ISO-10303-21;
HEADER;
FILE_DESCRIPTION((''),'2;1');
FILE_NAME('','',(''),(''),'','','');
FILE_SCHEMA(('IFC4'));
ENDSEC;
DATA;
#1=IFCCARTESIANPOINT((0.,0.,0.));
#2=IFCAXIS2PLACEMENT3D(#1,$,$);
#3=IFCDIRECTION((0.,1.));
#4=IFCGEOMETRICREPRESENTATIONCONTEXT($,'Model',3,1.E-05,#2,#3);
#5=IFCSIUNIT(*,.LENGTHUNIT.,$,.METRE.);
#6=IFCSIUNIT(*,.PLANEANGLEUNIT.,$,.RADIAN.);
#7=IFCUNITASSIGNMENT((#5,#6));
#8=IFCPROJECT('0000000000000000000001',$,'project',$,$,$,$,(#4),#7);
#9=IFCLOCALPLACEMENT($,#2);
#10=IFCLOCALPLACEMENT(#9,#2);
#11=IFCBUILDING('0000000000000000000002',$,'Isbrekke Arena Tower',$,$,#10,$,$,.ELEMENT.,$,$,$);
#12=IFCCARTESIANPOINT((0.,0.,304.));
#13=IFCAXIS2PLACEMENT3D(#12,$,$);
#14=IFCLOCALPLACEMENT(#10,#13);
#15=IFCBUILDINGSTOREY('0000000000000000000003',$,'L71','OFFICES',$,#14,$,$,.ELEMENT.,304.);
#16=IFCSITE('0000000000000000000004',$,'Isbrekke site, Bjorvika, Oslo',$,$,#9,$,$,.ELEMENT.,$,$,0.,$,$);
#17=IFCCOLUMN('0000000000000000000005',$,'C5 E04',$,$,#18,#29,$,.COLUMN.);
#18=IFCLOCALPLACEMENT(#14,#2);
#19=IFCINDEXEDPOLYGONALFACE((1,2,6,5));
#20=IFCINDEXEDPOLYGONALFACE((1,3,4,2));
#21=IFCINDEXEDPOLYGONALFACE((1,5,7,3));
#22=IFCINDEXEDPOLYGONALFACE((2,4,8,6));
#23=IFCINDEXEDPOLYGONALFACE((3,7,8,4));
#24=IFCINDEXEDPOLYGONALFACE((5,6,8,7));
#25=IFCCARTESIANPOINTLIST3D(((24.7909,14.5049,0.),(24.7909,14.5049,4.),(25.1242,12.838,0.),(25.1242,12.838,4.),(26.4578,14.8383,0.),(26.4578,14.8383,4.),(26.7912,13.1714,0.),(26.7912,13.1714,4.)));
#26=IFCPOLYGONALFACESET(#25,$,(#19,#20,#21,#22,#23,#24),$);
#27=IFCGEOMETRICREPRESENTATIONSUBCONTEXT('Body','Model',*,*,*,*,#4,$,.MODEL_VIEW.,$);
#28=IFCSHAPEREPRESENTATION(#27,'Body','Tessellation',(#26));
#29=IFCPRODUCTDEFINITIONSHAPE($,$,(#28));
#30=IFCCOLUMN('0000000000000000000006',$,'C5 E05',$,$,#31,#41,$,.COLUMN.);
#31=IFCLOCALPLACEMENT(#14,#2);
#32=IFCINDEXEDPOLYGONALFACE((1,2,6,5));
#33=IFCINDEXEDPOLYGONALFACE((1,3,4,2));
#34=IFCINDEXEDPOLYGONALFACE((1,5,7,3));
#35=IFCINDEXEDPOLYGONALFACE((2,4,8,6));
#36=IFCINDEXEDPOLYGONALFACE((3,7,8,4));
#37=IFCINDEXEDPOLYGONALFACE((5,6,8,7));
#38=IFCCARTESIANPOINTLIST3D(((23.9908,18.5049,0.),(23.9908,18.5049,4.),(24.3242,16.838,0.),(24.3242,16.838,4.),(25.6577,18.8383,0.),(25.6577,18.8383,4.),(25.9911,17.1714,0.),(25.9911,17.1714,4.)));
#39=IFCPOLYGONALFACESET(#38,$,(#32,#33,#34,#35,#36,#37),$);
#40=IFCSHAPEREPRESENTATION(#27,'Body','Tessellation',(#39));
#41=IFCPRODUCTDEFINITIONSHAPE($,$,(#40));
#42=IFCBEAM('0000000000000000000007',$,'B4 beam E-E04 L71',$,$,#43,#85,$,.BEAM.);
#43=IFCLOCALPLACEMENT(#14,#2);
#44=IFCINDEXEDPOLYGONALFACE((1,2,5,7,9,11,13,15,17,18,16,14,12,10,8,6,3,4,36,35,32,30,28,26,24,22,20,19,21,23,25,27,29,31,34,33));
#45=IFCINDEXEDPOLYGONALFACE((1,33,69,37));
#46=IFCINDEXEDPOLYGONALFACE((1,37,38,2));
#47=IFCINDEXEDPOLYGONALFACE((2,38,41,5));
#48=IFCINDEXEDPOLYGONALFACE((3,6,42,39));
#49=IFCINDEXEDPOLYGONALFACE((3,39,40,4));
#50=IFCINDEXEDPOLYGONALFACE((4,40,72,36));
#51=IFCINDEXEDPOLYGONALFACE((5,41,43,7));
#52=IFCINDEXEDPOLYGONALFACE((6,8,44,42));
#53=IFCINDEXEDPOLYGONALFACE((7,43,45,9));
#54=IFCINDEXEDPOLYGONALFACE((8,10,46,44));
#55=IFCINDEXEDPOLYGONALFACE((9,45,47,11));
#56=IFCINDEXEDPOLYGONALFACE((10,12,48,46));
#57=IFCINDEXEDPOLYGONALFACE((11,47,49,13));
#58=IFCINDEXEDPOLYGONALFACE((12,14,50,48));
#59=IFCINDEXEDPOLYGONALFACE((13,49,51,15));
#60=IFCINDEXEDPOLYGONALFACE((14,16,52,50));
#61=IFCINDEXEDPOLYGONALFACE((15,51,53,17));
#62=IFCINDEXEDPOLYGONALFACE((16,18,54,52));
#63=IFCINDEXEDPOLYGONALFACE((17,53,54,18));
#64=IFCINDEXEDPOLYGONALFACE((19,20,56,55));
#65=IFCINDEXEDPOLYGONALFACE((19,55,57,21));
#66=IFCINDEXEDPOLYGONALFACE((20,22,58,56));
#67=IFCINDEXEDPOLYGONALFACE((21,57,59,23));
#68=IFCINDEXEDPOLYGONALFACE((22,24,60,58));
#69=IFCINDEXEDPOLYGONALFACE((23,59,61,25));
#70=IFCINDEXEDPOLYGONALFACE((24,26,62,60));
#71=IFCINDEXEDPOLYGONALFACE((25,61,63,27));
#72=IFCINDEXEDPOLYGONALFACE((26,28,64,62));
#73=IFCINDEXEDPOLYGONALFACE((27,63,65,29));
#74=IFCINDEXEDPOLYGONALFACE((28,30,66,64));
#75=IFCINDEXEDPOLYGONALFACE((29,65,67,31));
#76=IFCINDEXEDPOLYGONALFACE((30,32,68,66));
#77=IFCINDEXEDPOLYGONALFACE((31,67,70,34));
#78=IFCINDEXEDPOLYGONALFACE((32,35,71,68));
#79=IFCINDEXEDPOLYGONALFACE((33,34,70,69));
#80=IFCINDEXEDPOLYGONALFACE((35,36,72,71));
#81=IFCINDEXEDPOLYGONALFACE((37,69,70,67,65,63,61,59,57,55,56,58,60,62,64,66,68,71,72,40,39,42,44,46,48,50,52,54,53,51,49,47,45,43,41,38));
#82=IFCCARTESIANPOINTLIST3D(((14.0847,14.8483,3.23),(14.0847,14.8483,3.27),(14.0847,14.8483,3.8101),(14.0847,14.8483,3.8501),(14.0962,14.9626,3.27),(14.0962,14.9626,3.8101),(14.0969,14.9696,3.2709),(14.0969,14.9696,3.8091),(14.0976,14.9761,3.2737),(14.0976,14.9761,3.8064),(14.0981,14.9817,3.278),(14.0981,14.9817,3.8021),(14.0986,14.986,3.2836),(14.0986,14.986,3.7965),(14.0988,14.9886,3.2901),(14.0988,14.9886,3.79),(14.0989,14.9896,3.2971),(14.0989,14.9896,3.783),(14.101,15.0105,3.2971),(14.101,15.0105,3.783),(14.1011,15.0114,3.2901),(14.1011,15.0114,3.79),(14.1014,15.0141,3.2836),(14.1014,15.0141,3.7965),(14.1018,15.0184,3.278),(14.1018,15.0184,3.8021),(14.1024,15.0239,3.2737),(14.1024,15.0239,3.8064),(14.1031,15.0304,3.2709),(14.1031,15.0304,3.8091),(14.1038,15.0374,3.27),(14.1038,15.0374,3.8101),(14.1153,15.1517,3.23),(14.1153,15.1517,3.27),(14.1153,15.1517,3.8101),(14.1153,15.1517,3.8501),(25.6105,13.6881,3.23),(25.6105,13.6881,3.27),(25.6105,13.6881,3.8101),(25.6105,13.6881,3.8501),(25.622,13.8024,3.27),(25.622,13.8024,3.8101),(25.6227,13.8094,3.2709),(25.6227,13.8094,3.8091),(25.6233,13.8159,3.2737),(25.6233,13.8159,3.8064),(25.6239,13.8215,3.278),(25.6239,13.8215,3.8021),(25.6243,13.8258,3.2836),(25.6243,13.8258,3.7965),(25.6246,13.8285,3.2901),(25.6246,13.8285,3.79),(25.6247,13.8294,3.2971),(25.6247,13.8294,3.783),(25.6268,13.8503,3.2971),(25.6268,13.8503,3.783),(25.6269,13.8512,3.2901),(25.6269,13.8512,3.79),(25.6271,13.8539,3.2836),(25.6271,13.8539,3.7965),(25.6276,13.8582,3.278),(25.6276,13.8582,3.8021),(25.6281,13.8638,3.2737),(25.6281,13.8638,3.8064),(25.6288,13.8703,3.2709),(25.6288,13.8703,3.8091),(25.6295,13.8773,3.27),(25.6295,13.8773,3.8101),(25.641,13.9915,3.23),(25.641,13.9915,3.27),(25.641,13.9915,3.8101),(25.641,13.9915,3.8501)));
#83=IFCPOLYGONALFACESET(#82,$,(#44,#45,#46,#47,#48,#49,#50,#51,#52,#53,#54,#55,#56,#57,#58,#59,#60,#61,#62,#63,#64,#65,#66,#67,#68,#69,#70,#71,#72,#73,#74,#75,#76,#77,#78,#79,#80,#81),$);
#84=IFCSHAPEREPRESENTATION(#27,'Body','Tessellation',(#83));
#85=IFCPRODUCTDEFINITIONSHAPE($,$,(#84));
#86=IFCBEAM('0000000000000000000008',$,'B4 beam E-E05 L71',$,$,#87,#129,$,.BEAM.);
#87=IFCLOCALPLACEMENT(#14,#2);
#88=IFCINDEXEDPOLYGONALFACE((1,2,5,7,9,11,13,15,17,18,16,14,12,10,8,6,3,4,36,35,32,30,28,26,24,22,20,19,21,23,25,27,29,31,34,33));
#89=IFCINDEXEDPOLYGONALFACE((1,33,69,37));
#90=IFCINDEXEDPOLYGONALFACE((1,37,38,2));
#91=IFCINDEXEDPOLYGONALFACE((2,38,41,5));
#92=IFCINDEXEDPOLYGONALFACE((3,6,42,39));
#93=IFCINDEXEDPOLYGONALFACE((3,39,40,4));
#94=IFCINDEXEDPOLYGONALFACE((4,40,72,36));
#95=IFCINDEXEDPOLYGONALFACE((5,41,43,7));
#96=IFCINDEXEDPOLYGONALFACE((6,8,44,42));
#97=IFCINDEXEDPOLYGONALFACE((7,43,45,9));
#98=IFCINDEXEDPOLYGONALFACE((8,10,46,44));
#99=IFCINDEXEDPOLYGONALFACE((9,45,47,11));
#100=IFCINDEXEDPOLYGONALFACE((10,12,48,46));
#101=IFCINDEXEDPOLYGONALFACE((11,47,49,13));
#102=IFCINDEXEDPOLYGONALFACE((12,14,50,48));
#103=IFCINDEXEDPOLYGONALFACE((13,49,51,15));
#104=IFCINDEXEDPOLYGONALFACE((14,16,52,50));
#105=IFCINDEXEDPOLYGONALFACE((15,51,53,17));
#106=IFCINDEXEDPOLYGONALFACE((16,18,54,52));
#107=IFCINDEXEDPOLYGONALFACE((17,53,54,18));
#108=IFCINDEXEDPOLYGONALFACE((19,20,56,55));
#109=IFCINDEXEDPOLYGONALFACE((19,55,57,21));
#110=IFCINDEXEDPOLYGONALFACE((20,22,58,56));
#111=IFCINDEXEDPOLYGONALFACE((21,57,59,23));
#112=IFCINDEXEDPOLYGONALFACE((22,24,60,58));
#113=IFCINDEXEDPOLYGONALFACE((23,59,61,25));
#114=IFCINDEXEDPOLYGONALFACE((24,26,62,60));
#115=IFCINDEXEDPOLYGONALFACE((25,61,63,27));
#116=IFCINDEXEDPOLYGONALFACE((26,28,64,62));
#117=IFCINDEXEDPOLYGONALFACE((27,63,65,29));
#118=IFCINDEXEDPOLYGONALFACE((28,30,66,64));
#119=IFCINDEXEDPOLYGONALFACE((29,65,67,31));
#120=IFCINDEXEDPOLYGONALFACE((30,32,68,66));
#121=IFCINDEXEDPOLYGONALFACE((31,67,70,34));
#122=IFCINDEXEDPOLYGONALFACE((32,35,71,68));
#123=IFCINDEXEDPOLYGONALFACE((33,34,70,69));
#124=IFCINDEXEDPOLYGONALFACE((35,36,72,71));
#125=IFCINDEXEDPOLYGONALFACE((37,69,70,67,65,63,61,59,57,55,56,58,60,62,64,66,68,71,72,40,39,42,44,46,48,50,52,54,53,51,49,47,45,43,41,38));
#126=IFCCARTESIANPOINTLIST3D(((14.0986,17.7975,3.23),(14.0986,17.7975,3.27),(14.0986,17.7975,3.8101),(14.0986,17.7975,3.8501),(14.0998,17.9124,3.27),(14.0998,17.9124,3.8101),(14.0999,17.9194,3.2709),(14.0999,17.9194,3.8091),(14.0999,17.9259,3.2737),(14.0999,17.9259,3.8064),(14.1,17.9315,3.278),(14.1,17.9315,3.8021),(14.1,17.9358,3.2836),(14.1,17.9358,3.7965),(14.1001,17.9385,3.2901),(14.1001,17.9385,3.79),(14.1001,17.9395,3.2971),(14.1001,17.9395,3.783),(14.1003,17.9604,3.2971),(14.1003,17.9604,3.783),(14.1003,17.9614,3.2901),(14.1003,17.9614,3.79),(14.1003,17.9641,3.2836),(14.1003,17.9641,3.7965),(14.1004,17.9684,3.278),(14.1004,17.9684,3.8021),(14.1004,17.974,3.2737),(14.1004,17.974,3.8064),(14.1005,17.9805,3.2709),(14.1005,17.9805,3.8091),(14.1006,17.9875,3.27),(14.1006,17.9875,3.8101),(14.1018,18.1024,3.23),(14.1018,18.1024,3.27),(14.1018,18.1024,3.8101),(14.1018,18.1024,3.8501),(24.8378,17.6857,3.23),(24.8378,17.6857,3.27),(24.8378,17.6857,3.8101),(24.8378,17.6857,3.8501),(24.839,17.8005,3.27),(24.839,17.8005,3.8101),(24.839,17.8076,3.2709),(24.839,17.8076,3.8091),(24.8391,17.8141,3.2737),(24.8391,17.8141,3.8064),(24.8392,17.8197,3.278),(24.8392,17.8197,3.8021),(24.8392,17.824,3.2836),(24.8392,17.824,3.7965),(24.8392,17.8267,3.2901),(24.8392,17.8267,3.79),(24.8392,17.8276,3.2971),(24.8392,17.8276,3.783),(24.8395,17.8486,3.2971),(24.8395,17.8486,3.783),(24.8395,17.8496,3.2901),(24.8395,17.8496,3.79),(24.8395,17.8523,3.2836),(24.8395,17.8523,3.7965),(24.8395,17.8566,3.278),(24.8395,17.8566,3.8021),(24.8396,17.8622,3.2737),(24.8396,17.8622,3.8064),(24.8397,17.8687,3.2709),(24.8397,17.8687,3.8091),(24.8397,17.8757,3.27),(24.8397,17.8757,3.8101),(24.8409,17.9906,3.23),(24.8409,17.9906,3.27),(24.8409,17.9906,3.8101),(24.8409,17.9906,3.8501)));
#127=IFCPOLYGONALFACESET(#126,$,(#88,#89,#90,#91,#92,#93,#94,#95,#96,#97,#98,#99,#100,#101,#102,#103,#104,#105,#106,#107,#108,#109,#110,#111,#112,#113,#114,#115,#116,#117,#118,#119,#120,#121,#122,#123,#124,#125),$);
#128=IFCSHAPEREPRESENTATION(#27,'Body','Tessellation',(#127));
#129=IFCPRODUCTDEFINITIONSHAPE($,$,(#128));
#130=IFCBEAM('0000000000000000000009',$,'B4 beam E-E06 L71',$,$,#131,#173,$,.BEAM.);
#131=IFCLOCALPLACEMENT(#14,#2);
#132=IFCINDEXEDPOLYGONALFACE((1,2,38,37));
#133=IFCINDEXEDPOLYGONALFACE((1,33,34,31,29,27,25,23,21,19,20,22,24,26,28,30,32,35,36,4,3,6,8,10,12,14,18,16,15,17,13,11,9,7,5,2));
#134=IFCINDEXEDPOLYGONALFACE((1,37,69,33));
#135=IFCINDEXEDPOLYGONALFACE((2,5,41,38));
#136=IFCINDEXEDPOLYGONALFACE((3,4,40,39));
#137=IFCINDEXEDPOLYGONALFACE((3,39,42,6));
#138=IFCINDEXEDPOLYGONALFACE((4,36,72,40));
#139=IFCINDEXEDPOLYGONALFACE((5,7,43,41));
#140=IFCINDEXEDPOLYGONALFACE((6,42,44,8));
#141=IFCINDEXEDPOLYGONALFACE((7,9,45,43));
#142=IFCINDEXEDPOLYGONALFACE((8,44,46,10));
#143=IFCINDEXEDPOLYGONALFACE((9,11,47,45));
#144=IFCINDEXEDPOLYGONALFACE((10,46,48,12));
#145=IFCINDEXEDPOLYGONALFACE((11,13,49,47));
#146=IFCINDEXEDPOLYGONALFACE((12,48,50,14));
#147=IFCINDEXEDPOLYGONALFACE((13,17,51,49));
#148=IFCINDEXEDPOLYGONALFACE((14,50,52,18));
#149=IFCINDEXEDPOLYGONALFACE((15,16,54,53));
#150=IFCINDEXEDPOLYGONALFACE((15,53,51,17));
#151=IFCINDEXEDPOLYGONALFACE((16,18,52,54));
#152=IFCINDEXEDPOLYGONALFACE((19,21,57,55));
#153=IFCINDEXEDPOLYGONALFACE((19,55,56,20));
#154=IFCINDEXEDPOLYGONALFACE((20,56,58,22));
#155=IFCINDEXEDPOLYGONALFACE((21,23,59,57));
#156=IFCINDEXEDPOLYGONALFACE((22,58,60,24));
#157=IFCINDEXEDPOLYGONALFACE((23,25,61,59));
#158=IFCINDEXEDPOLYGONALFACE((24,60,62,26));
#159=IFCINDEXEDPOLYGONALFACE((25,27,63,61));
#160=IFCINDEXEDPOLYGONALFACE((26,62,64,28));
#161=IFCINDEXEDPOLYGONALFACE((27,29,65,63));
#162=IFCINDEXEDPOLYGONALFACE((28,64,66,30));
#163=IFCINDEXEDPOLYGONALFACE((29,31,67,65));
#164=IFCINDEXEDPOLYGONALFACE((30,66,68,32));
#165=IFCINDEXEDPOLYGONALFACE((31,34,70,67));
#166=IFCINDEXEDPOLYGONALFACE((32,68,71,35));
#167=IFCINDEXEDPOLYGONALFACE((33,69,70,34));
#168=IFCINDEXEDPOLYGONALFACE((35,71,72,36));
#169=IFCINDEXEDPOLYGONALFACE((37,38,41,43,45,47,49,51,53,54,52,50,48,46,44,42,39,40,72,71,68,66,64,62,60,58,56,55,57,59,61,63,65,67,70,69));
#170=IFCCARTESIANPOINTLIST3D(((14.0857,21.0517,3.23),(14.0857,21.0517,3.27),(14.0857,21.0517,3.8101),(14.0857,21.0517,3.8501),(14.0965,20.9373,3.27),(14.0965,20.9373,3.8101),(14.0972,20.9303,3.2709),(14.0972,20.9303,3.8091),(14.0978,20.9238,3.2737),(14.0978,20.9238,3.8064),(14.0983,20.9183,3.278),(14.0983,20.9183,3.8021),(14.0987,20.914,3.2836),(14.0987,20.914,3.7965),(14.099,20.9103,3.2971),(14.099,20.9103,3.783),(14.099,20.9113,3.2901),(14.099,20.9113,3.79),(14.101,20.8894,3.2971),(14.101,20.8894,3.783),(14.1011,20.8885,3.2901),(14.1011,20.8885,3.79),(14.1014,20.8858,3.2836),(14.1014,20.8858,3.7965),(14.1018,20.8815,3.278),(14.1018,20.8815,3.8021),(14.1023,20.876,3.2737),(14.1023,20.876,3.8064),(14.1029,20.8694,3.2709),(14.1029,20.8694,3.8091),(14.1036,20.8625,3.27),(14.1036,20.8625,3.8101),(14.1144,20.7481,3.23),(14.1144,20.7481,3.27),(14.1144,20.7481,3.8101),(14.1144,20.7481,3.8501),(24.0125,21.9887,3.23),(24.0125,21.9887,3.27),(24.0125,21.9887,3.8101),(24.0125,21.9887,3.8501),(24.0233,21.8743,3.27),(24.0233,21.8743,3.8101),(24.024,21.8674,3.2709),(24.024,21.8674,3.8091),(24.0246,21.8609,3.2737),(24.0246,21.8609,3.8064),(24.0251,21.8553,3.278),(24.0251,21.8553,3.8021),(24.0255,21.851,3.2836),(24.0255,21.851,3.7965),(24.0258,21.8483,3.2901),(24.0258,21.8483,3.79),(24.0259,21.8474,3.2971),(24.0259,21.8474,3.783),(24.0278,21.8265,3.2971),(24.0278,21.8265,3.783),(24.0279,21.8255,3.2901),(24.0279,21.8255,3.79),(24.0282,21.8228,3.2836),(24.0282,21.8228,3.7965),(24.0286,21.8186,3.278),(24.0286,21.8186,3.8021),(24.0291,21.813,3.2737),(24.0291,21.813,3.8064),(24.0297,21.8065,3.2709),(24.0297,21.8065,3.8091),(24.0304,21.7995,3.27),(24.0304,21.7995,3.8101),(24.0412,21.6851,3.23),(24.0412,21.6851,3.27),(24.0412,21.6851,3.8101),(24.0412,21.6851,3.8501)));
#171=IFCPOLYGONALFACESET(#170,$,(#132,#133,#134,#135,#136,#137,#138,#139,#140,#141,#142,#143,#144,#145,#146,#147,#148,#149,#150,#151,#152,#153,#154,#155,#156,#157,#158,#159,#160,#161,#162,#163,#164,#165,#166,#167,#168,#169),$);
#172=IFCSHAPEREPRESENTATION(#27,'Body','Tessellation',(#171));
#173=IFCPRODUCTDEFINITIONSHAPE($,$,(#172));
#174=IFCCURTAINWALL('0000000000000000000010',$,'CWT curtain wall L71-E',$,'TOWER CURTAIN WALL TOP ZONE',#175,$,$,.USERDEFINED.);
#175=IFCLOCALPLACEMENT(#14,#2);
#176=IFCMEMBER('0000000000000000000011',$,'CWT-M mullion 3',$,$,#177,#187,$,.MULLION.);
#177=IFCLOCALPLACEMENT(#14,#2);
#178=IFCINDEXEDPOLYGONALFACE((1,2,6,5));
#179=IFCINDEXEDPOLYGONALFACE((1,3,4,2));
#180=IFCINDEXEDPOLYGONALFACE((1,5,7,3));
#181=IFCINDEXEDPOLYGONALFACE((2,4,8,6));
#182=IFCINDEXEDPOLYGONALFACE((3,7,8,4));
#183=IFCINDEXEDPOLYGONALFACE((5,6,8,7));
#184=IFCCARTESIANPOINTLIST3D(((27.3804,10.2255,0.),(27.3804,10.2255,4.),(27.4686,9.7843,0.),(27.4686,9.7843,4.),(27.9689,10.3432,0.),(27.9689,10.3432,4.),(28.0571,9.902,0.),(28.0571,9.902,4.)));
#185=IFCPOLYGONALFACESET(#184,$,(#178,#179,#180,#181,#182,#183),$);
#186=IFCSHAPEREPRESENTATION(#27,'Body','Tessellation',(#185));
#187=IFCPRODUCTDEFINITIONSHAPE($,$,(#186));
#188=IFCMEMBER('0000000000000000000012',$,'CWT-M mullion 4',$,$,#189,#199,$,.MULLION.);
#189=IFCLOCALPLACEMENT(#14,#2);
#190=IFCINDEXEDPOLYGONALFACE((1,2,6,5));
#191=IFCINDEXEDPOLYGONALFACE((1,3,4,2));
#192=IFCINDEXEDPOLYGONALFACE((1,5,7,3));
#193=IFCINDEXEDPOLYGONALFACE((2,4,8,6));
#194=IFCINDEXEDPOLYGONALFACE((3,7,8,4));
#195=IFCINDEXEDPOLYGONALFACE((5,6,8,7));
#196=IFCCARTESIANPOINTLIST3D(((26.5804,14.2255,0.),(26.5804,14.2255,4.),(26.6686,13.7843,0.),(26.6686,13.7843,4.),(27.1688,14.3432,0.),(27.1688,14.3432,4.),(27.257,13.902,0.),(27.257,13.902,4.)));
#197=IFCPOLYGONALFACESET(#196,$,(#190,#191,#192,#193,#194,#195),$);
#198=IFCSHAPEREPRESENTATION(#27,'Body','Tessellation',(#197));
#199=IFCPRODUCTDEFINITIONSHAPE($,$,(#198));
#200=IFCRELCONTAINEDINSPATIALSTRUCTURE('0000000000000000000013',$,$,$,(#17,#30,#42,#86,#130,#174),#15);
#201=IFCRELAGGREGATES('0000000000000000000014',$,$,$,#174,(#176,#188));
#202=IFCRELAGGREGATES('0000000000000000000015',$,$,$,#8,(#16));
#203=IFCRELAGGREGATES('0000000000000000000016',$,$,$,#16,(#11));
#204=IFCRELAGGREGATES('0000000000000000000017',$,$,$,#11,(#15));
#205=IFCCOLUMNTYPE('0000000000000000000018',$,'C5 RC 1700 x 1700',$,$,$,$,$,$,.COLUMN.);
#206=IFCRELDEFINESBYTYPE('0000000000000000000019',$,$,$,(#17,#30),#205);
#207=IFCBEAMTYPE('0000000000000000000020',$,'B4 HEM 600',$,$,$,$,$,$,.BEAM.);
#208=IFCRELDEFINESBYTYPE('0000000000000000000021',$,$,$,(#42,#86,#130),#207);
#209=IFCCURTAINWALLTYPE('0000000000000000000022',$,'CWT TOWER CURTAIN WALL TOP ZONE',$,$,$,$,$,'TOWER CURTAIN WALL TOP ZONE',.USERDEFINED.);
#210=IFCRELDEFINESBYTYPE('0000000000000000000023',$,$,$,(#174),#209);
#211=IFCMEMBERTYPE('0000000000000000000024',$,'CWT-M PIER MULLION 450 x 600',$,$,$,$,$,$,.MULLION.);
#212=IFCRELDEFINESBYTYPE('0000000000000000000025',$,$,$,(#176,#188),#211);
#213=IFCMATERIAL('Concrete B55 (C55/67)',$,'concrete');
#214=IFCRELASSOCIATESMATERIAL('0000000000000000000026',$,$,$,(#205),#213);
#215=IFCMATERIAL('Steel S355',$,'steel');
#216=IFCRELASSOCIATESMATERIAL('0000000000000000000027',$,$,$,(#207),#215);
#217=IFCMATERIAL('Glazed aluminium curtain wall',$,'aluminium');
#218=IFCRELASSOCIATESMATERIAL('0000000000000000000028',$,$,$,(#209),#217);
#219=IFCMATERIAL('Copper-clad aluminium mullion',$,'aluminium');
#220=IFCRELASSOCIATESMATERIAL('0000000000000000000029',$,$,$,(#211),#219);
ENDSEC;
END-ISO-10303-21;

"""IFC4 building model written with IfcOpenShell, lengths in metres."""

from ifc_helpers import new_model, si_unit, direction, frame, origin, origin_2d, place, context, subcontext, project, spatial, rectangle, i_section, extrude, material, material_profile, profile_set, type_object, element, aggregate, save


model = new_model("IFC4")

# Units and contexts
model_context = context("Model", 3, precision=1e-05, world=origin(), true_north=direction((0.0, 1.0)))
body_context = subcontext(model_context, "Body", "Model", "MODEL_VIEW")
ifc_project = project(units=[si_unit("LENGTHUNIT", "METRE"), si_unit("PLANEANGLEUNIT", "RADIAN")], contexts=[model_context])

# Site, building, storey
site_placement = place(None, origin())
site = spatial("IfcSite", under=ifc_project, at=site_placement, Name="Isbrekke site, Bjorvika, Oslo", CompositionType="ELEMENT", RefElevation=0.0)
building_placement = place(site_placement, origin())
building = spatial("IfcBuilding", under=site, at=building_placement, Name="Isbrekke Arena Tower", CompositionType="ELEMENT")
storey_placement = place(building_placement, frame((0.0, 0.0, 304.0)))
storey = spatial("IfcBuildingStorey", under=building, at=storey_placement, Name="L71", Description="OFFICES", CompositionType="ELEMENT", Elevation=304.0)

# Columns
ifc_material_1 = material(Name="Concrete B55 (C55/67)", Category="concrete")
ifc_material_profile_1 = material_profile(ifc_material_1, rectangle(XDim=1.7, YDim=1.7, at=origin_2d()), Name="RC 1700x1700")
ifc_profile_set_1 = profile_set([ifc_material_profile_1], Name="Concrete B55 (C55/67)")
column_type = type_object("IfcColumnType", Name="C5 RC 1700 x 1700", PredefinedType="COLUMN", material=ifc_profile_set_1)
for number, where, z_axis, x_axis, name in (
    (1, (25.791, 13.8381, 0.0), (0.0, 0.0, 1.0), (-0.196116, 0.980581, 0.0), "C5 E04"),
    (2, (24.991, 17.8381, 0.0), (0.0, 0.0, 1.0), (-0.196116, 0.980581, 0.0), "C5 E05"),
):
    element("IfcColumn", number, at=place(storey_placement, frame(where, z_axis=z_axis, x_axis=x_axis)), inside=storey, type_object=column_type, Name=name, PredefinedType="COLUMN", context=body_context, shape_type="SweptSolid", body=[
        extrude(rectangle(XDim=1.7, YDim=1.7, at=origin_2d()), origin(), (0.0, 0.0, 1.0), 4.0),
    ])

# Beams
ifc_material_2 = material(Name="Steel S355", Category="steel")
ifc_material_profile_2 = material_profile(ifc_material_2, i_section(OverallWidth=0.3049, OverallDepth=0.6201, WebThickness=0.021, FlangeThickness=0.04, FilletRadius=0.0271, at=origin_2d()), Name="HEM 600")
ifc_profile_set_2 = profile_set([ifc_material_profile_2], Name="Steel S355")
beam_type_1 = type_object("IfcBeamType", Name="B4 HEM 600", PredefinedType="BEAM", material=ifc_profile_set_2)
beam_1_placement = place(storey_placement, frame((25.6257, 13.8398, 3.54), z_axis=(-0.994972, 0.100153, 0.0), x_axis=(-0.100153, -0.994972, 0.0)))
element("IfcBeam", 3, at=beam_1_placement, inside=storey, type_object=beam_type_1, Name="B4 beam E-E04 L71", PredefinedType="BEAM", context=body_context, shape_type="SweptSolid", body=[
    extrude(i_section(OverallWidth=0.3049, OverallDepth=0.6201, WebThickness=0.021, FlangeThickness=0.04, FilletRadius=0.0271, at=origin_2d()), origin(), (0.0, 0.0, 1.0), 11.584),
])
beam_2_placement = place(storey_placement, frame((24.8394, 17.8381, 3.54), z_axis=(-0.999946, 0.010411, 0.0), x_axis=(-0.010411, -0.999946, 0.0)))
element("IfcBeam", 4, at=beam_2_placement, inside=storey, type_object=beam_type_1, Name="B4 beam E-E05 L71", PredefinedType="BEAM", context=body_context, shape_type="SweptSolid", body=[
    extrude(i_section(OverallWidth=0.3049, OverallDepth=0.6201, WebThickness=0.021, FlangeThickness=0.04, FilletRadius=0.0271, at=origin_2d()), origin(), (0.0, 0.0, 1.0), 10.7397),
])
beam_3_placement = place(storey_placement, frame((24.0269, 21.8369, 3.54), z_axis=(-0.995575, -0.093975, 0.0), x_axis=(0.093975, -0.995575, 0.0)))
element("IfcBeam", 5, at=beam_3_placement, inside=storey, type_object=beam_type_1, Name="B4 beam E-E06 L71", PredefinedType="BEAM", context=body_context, shape_type="SweptSolid", body=[
    extrude(i_section(OverallWidth=0.3049, OverallDepth=0.6201, WebThickness=0.021, FlangeThickness=0.04, FilletRadius=0.0271, at=origin_2d()), origin(), (0.0, 0.0, 1.0), 9.9709),
])

# Curtain wall, members
ifc_material_3 = material(Name="Glazed aluminium curtain wall", Category="aluminium")
curtain_wall_type = type_object("IfcCurtainWallType", Name="CWT TOWER CURTAIN WALL TOP ZONE", ElementType="TOWER CURTAIN WALL TOP ZONE", PredefinedType="USERDEFINED", material=ifc_material_3)
curtain_wall_placement = place(storey_placement, origin())
curtain_wall = element("IfcCurtainWall", 6, at=curtain_wall_placement, inside=storey, type_object=curtain_wall_type, Name="CWT curtain wall L71-E", ObjectType="TOWER CURTAIN WALL TOP ZONE", PredefinedType="USERDEFINED")
ifc_material_4 = material(Name="Copper-clad aluminium mullion", Category="aluminium")
ifc_material_profile_3 = material_profile(ifc_material_4, rectangle(XDim=0.45, YDim=0.6001, at=origin_2d()), Name="PIER 450X600")
ifc_profile_set_3 = profile_set([ifc_material_profile_3], Name="Copper-clad aluminium mullion")
member_type_1 = type_object("IfcMemberType", Name="CWT-M PIER MULLION 450 x 600", PredefinedType="MULLION", material=ifc_profile_set_3)
member_1_placement = place(storey_placement, frame((27.7188, 10.0637, 0.0), z_axis=(0.0, 0.0, 1.0), x_axis=(-0.196116, 0.980581, 0.0)))
member_1 = element("IfcMember", 7, at=member_1_placement, type_object=member_type_1, Name="CWT-M mullion 3", PredefinedType="MULLION", context=body_context, shape_type="SweptSolid", body=[
    extrude(rectangle(XDim=0.45, YDim=0.6001, at=origin_2d()), origin(), (0.0, 0.0, 1.0), 4.0),
])
member_2_placement = place(storey_placement, frame((26.9187, 14.0637, 0.0), z_axis=(0.0, 0.0, 1.0), x_axis=(-0.196116, 0.980581, 0.0)))
member_2 = element("IfcMember", 8, at=member_2_placement, type_object=member_type_1, Name="CWT-M mullion 4", PredefinedType="MULLION", context=body_context, shape_type="SweptSolid", body=[
    extrude(rectangle(XDim=0.45, YDim=0.6001, at=origin_2d()), origin(), (0.0, 0.0, 1.0), 4.0),
])

aggregate(curtain_wall, [member_1, member_2])

save(model, "model.ifc")
